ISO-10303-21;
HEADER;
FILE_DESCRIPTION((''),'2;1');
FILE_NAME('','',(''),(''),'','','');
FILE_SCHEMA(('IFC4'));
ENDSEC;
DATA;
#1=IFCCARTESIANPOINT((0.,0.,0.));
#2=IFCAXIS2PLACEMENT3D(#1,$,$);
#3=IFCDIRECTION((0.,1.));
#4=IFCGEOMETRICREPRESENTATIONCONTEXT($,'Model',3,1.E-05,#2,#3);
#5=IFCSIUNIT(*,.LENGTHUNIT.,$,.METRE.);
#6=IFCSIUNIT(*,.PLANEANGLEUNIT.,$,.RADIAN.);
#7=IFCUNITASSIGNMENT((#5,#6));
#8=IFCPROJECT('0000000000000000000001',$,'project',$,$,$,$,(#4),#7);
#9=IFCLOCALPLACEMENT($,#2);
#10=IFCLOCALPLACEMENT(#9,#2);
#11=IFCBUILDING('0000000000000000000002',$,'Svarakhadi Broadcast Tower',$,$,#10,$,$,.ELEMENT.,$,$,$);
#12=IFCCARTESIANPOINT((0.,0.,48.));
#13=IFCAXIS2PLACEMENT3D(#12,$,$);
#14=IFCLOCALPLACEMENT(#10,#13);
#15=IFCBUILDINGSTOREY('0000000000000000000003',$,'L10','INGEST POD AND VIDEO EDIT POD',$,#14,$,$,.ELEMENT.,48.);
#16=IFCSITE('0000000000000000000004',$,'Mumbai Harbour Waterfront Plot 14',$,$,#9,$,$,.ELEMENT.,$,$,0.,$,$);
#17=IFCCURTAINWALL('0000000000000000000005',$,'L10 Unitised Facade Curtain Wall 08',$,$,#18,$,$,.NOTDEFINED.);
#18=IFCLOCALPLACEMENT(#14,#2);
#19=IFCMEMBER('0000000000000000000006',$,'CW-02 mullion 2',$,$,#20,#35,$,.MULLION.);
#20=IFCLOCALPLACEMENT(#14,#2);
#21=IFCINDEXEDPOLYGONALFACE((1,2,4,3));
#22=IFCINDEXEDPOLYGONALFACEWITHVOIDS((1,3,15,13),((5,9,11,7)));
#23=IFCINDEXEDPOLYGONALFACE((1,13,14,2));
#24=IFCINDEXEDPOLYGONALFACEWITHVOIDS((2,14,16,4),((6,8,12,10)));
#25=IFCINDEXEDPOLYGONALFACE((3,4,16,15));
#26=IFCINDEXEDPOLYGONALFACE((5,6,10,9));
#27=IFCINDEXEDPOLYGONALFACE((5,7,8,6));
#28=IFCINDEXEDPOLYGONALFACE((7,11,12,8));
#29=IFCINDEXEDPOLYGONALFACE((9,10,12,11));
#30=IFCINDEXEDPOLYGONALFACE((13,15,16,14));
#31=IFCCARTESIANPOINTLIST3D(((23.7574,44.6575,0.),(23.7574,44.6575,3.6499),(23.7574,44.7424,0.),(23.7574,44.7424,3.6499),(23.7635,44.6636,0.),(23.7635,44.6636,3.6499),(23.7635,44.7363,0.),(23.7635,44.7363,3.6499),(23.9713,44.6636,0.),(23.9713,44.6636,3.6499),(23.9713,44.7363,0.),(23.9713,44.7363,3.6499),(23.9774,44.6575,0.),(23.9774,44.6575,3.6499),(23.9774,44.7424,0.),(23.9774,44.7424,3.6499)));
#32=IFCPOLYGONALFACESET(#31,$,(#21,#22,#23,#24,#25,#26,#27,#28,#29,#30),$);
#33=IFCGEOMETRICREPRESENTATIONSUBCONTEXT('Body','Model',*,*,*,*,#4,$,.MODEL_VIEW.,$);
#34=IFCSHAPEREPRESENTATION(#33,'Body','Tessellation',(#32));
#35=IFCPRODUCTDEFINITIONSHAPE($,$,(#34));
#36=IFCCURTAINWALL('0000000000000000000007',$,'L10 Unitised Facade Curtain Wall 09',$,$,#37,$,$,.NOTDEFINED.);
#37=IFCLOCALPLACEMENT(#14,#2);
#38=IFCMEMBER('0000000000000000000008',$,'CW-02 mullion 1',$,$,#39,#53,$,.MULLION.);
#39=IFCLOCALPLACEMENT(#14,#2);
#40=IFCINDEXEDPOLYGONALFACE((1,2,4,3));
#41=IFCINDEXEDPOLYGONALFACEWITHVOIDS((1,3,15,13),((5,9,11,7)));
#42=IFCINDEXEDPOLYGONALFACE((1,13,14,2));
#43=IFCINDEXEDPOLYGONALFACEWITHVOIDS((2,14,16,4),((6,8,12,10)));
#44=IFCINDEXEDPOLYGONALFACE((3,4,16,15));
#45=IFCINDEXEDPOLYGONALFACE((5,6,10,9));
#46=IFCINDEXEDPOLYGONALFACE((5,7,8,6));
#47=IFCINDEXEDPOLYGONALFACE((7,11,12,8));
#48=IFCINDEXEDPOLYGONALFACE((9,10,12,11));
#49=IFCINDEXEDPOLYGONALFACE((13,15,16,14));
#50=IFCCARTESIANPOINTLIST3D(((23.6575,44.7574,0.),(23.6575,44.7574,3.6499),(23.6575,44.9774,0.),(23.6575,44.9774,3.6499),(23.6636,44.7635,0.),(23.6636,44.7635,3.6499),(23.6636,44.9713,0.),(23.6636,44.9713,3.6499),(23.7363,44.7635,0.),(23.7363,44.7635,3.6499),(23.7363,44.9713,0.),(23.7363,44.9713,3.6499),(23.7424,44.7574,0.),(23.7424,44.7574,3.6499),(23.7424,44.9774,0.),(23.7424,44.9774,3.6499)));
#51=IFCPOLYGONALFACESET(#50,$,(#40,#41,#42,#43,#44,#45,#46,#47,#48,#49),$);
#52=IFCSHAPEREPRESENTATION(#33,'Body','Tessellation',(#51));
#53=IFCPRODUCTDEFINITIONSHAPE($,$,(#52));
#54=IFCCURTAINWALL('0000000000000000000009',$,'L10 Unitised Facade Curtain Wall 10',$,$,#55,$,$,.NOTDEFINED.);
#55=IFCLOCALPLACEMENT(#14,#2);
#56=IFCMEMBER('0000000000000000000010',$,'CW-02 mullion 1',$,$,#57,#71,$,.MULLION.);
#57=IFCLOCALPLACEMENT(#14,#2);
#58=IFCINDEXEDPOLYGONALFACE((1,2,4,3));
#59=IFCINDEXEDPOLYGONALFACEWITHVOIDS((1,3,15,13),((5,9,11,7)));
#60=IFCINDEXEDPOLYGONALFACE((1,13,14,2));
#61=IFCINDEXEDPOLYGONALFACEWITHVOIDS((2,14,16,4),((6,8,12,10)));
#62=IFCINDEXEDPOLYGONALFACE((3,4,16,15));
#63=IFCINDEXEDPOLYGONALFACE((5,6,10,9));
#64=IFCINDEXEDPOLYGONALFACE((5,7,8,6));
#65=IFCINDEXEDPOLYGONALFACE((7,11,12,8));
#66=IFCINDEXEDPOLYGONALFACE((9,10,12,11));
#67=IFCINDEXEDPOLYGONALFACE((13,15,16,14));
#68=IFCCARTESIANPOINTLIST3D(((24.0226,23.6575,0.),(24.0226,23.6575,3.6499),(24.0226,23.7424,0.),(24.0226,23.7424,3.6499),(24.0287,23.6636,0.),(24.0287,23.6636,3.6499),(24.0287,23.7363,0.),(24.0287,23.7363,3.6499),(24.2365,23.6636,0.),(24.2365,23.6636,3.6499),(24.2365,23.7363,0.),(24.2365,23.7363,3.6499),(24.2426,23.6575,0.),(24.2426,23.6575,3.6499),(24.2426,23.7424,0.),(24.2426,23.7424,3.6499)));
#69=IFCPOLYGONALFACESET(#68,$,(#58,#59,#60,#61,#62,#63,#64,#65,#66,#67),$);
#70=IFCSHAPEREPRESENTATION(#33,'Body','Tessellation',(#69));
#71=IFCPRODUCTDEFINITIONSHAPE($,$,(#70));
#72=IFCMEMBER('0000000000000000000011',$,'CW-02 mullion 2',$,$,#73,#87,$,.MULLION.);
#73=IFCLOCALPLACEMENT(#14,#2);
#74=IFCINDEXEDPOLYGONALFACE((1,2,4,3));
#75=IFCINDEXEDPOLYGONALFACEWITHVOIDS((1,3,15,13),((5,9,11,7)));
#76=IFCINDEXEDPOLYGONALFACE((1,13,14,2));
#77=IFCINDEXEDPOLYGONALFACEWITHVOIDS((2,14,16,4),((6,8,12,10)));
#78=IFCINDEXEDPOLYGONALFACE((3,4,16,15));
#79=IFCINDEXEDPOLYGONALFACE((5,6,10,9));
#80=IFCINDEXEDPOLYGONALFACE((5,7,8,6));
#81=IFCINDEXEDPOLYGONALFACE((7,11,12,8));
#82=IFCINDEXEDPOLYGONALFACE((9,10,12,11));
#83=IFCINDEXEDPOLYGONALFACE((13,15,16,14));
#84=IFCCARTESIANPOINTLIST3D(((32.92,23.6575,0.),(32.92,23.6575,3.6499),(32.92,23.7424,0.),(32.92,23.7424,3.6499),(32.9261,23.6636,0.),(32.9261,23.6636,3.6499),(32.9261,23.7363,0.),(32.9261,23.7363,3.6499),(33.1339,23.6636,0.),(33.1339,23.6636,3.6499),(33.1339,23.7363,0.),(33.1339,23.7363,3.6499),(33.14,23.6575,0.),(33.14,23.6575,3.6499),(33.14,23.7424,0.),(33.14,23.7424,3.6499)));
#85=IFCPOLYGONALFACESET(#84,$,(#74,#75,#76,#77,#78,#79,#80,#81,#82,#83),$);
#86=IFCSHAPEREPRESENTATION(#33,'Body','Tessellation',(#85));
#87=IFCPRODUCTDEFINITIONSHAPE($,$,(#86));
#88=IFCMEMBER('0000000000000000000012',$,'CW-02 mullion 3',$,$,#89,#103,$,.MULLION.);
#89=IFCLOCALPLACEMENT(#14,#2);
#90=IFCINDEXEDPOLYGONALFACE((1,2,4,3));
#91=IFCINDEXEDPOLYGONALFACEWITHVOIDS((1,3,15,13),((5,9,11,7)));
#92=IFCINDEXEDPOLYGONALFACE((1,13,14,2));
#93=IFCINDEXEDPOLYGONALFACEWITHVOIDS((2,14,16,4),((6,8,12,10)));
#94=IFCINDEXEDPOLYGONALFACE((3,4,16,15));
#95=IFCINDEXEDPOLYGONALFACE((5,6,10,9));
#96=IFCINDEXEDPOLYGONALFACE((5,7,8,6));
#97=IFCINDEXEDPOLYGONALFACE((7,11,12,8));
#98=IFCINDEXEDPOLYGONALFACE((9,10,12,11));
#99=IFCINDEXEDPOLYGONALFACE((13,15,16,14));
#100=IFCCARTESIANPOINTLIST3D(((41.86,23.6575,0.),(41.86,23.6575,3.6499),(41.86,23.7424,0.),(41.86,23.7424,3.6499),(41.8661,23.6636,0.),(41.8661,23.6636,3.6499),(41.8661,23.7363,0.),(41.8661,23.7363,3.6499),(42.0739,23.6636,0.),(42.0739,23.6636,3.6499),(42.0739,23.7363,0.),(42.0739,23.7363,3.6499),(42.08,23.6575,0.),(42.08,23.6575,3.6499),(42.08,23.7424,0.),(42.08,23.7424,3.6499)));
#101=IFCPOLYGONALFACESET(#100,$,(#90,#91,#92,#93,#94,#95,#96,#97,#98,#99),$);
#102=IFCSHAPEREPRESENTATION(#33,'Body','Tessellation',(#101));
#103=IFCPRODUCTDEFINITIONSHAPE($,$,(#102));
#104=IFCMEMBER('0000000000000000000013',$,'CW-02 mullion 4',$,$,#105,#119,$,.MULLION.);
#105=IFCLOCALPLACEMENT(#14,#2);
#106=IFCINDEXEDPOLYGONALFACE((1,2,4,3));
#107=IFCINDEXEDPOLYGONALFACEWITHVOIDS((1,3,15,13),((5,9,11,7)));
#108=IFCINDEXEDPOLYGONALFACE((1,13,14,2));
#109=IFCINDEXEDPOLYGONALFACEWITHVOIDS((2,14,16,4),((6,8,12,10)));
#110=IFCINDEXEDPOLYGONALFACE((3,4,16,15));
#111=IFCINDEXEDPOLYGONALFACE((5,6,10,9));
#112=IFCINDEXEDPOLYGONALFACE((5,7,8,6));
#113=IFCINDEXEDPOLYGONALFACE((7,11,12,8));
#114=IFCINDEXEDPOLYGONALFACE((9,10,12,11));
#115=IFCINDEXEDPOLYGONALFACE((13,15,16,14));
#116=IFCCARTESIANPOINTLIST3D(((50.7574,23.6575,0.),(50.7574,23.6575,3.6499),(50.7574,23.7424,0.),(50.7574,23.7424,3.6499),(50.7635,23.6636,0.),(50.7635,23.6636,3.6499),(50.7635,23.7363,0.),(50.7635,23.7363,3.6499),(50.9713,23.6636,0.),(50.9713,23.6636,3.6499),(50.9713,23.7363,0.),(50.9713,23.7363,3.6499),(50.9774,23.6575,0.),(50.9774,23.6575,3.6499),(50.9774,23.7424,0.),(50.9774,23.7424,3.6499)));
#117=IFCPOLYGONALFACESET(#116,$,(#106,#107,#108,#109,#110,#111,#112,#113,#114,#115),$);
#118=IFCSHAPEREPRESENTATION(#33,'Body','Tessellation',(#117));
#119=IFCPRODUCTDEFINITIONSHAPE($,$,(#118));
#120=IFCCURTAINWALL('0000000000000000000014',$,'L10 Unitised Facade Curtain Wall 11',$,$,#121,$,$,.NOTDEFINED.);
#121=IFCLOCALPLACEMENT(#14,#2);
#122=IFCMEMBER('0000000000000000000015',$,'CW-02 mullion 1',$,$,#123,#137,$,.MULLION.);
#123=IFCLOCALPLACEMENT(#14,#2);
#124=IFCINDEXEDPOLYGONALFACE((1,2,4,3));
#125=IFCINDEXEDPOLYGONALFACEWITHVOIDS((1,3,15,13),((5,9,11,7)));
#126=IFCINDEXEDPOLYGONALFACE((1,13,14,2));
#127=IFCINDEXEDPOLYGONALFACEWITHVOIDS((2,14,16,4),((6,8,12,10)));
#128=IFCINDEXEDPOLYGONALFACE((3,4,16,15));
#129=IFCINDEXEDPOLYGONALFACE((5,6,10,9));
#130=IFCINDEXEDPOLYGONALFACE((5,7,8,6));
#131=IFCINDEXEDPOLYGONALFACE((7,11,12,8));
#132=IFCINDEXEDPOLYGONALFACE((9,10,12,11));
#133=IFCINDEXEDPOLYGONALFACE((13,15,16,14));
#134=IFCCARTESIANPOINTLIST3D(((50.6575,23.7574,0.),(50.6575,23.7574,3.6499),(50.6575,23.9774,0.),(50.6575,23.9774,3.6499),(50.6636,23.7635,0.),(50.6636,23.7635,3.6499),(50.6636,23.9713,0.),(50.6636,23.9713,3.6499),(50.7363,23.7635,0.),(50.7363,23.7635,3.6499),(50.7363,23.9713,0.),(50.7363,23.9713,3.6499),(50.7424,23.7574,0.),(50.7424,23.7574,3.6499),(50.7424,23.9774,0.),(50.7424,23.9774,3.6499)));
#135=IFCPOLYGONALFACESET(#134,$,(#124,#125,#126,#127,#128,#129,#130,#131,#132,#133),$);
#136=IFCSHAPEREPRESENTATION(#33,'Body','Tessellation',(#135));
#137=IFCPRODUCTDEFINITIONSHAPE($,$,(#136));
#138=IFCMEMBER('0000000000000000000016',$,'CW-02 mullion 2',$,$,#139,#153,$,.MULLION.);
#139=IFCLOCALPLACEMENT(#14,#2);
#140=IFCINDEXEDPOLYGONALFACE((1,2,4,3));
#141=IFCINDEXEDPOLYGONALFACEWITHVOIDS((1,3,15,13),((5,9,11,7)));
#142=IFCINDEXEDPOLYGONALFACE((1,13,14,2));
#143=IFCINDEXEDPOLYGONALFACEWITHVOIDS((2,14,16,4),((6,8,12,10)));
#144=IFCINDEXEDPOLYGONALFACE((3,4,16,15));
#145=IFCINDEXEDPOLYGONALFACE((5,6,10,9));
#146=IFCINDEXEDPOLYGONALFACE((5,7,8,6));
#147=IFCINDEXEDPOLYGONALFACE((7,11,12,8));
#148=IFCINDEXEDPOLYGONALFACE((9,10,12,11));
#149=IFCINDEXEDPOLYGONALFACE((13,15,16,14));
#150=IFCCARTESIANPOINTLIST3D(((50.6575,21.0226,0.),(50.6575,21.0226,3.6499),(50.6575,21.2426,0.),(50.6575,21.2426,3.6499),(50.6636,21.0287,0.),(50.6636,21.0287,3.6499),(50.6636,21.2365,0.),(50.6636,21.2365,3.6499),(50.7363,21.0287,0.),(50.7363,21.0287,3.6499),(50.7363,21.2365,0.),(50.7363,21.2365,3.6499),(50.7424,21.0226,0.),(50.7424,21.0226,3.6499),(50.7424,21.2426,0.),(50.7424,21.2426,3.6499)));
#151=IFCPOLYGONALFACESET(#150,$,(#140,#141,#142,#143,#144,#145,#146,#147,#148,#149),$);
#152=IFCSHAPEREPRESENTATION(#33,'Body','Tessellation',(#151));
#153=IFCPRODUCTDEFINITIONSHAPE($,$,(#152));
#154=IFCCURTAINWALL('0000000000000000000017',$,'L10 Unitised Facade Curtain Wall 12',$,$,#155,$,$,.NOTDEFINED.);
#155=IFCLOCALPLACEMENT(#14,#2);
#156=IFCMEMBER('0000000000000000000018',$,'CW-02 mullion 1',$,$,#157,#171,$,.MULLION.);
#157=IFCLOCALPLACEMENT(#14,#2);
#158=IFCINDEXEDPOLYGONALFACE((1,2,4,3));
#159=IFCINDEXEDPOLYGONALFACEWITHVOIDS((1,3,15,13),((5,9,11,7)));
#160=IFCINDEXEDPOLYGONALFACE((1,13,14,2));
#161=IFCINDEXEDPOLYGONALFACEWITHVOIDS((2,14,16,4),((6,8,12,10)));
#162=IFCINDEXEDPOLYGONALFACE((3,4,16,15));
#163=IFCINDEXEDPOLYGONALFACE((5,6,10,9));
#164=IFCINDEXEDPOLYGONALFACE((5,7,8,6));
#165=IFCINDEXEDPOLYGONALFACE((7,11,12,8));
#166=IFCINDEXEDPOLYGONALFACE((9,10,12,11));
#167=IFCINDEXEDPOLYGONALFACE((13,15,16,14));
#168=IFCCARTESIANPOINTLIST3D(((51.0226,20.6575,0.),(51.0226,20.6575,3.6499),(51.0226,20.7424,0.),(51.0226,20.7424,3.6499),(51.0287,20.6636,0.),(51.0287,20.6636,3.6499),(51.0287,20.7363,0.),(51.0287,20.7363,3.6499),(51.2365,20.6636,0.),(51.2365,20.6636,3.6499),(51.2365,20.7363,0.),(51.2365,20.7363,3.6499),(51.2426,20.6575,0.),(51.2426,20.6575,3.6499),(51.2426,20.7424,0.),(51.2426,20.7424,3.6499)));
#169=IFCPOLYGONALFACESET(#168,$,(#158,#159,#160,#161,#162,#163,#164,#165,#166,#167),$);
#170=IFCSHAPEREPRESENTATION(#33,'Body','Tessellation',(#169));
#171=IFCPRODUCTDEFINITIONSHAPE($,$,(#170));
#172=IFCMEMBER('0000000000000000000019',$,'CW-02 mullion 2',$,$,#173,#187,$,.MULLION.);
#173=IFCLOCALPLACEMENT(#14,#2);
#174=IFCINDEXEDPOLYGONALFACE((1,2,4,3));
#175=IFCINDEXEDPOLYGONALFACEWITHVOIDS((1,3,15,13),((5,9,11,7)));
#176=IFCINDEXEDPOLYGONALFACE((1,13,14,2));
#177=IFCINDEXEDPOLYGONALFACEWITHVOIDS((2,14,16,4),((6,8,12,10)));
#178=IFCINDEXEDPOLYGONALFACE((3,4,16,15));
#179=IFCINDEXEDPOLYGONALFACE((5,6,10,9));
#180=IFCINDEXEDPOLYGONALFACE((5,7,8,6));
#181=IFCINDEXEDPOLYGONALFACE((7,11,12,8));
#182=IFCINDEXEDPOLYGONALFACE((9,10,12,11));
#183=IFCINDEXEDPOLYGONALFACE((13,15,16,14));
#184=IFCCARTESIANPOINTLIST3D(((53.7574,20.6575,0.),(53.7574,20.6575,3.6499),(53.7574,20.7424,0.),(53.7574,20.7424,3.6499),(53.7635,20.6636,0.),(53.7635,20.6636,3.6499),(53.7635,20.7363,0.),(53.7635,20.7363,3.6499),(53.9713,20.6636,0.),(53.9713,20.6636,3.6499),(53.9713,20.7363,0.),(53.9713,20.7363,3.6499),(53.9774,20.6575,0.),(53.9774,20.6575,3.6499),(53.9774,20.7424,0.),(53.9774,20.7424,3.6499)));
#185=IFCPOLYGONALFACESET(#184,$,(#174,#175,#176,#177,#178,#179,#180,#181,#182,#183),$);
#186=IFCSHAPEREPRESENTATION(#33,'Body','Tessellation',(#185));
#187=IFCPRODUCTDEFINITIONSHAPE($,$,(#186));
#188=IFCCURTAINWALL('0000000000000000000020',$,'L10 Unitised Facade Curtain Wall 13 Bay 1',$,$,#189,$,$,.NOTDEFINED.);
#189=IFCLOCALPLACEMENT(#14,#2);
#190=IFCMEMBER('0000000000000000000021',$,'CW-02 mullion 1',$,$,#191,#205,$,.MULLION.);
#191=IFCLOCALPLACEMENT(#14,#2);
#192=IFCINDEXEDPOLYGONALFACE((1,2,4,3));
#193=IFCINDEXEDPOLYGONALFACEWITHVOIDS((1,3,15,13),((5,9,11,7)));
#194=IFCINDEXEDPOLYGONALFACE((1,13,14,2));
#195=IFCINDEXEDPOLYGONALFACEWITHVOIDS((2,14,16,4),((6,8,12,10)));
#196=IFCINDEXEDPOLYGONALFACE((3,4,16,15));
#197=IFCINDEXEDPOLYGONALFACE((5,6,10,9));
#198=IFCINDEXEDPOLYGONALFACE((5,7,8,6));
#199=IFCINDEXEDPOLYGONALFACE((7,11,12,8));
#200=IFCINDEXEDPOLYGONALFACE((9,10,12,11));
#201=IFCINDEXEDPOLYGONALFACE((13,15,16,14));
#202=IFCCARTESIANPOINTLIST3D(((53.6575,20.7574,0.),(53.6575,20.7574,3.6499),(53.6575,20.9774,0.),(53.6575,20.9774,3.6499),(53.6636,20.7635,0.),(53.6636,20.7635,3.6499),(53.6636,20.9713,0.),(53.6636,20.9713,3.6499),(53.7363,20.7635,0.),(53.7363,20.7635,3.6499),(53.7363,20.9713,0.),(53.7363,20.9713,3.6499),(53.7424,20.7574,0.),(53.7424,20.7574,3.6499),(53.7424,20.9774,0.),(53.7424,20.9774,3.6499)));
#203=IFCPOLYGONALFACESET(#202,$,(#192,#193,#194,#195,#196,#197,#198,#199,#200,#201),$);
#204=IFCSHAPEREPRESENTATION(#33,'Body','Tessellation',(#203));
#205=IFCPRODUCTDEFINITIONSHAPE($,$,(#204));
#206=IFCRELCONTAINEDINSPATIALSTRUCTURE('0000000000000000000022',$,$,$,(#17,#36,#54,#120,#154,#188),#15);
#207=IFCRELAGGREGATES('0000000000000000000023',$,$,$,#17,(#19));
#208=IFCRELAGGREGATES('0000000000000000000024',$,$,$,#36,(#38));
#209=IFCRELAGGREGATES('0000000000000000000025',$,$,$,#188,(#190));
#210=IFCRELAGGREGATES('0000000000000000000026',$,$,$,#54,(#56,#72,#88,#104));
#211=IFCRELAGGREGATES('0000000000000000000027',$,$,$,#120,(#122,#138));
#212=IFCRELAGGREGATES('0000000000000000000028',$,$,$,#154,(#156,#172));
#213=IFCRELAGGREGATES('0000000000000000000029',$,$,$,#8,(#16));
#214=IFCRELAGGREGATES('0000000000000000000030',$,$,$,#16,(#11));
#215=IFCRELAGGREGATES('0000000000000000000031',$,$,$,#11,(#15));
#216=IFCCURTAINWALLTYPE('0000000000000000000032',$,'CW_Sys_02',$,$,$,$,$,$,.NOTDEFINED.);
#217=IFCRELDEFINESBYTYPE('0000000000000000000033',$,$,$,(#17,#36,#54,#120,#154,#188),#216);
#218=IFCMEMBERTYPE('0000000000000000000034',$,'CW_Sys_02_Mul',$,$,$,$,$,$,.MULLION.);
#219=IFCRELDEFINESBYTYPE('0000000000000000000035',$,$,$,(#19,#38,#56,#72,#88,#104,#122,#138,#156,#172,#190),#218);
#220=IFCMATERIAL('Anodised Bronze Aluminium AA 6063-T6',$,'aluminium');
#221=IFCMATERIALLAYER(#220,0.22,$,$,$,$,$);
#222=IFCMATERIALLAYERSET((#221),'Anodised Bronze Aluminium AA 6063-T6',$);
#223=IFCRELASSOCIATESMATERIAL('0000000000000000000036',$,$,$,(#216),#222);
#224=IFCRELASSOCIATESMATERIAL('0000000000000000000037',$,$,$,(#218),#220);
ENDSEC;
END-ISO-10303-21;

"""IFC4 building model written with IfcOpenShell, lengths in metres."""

from ifc_helpers import new_model, si_unit, direction, frame, origin, origin_2d, place, context, subcontext, project, spatial, hollow_rectangle, extrude, material, layer, layer_set, material_profile, profile_set, type_object, element, aggregate, save


model = new_model("IFC4")

# Units and contexts
model_context = context("Model", 3, precision=1e-05, world=origin(), true_north=direction((0.0, 1.0)))
body_context = subcontext(model_context, "Body", "Model", "MODEL_VIEW")
ifc_project = project(units=[si_unit("LENGTHUNIT", "METRE"), si_unit("PLANEANGLEUNIT", "RADIAN")], contexts=[model_context])

# Site, building, storey
site_placement = place(None, origin())
site = spatial("IfcSite", under=ifc_project, at=site_placement, Name="Mumbai Harbour Waterfront Plot 14", CompositionType="ELEMENT", RefElevation=0.0)
building_placement = place(site_placement, origin())
building = spatial("IfcBuilding", under=site, at=building_placement, Name="Svarakhadi Broadcast Tower", CompositionType="ELEMENT")
storey_placement = place(building_placement, frame((0.0, 0.0, 48.0)))
storey = spatial("IfcBuildingStorey", under=building, at=storey_placement, Name="L10", Description="INGEST POD AND VIDEO EDIT POD", CompositionType="ELEMENT", Elevation=48.0)

# Curtain walls, members
ifc_material_1 = material(Name="Anodised Bronze Aluminium AA 6063-T6", Category="aluminium")
ifc_layer_1 = layer(ifc_material_1, 0.22)
ifc_layer_set_1 = layer_set([ifc_layer_1], Name="Anodised Bronze Aluminium AA 6063-T6")
curtain_wall_type = type_object("IfcCurtainWallType", Name="CW_Sys_02", PredefinedType="NOTDEFINED", material=ifc_layer_set_1)
curtain_wall_1_placement = place(storey_placement, origin())
curtain_wall_1 = element("IfcCurtainWall", 1, at=curtain_wall_1_placement, inside=storey, type_object=curtain_wall_type, Name="L10 Unitised Facade Curtain Wall 08", PredefinedType="NOTDEFINED")
ifc_material_profile_1 = material_profile(ifc_material_1, hollow_rectangle(XDim=0.085, YDim=0.22, WallThickness=0.0061, at=origin_2d()), Name="ALU MULLION 220x85x6")
ifc_profile_set_1 = profile_set([ifc_material_profile_1], Name="Anodised Bronze Aluminium AA 6063-T6")
member_type_1 = type_object("IfcMemberType", Name="CW_Sys_02_Mul", PredefinedType="MULLION", material=ifc_profile_set_1)
member_1_placement = place(storey_placement, frame((23.8674, 44.7, 0.0), z_axis=(0.0, 0.0, 1.0), x_axis=(0.0, 1.0, 0.0)))
member_1 = element("IfcMember", 2, at=member_1_placement, type_object=member_type_1, Name="CW-02 mullion 2", PredefinedType="MULLION", context=body_context, shape_type="SweptSolid", body=[
    extrude(hollow_rectangle(XDim=0.085, YDim=0.22, WallThickness=0.0061, at=origin_2d()), origin(), (0.0, 0.0, 1.0), 3.6499),
])
aggregate(curtain_wall_1, [member_1])
curtain_wall_2_placement = place(storey_placement, origin())
curtain_wall_2 = element("IfcCurtainWall", 3, at=curtain_wall_2_placement, inside=storey, type_object=curtain_wall_type, Name="L10 Unitised Facade Curtain Wall 09", PredefinedType="NOTDEFINED")
member_2_placement = place(storey_placement, frame((23.7, 44.8674, 0.0), z_axis=(0.0, 0.0, 1.0), x_axis=(1.0, 0.0, 0.0)))
member_2 = element("IfcMember", 4, at=member_2_placement, type_object=member_type_1, Name="CW-02 mullion 1", PredefinedType="MULLION", context=body_context, shape_type="SweptSolid", body=[
    extrude(hollow_rectangle(XDim=0.085, YDim=0.22, WallThickness=0.0061, at=origin_2d()), origin(), (0.0, 0.0, 1.0), 3.6499),
])

# Curtain walls, members
curtain_wall_3_placement = place(storey_placement, origin())
curtain_wall_3 = element("IfcCurtainWall", 5, at=curtain_wall_3_placement, inside=storey, type_object=curtain_wall_type, Name="L10 Unitised Facade Curtain Wall 10", PredefinedType="NOTDEFINED")
member_3_placement = place(storey_placement, frame((24.1326, 23.7, 0.0), z_axis=(0.0, 0.0, 1.0), x_axis=(0.0, 1.0, 0.0)))
member_3 = element("IfcMember", 6, at=member_3_placement, type_object=member_type_1, Name="CW-02 mullion 1", PredefinedType="MULLION", context=body_context, shape_type="SweptSolid", body=[
    extrude(hollow_rectangle(XDim=0.085, YDim=0.22, WallThickness=0.0061, at=origin_2d()), origin(), (0.0, 0.0, 1.0), 3.6499),
])
member_4_placement = place(storey_placement, frame((33.03, 23.7, 0.0), z_axis=(0.0, 0.0, 1.0), x_axis=(0.0, 1.0, 0.0)))
member_4 = element("IfcMember", 7, at=member_4_placement, type_object=member_type_1, Name="CW-02 mullion 2", PredefinedType="MULLION", context=body_context, shape_type="SweptSolid", body=[
    extrude(hollow_rectangle(XDim=0.085, YDim=0.22, WallThickness=0.0061, at=origin_2d()), origin(), (0.0, 0.0, 1.0), 3.6499),
])
member_5_placement = place(storey_placement, frame((41.97, 23.7, 0.0), z_axis=(0.0, 0.0, 1.0), x_axis=(0.0, 1.0, 0.0)))
member_5 = element("IfcMember", 8, at=member_5_placement, type_object=member_type_1, Name="CW-02 mullion 3", PredefinedType="MULLION", context=body_context, shape_type="SweptSolid", body=[
    extrude(hollow_rectangle(XDim=0.085, YDim=0.22, WallThickness=0.0061, at=origin_2d()), origin(), (0.0, 0.0, 1.0), 3.6499),
])
member_6_placement = place(storey_placement, frame((50.8674, 23.7, 0.0), z_axis=(0.0, 0.0, 1.0), x_axis=(0.0, 1.0, 0.0)))
member_6 = element("IfcMember", 9, at=member_6_placement, type_object=member_type_1, Name="CW-02 mullion 4", PredefinedType="MULLION", context=body_context, shape_type="SweptSolid", body=[
    extrude(hollow_rectangle(XDim=0.085, YDim=0.22, WallThickness=0.0061, at=origin_2d()), origin(), (0.0, 0.0, 1.0), 3.6499),
])
curtain_wall_4_placement = place(storey_placement, origin())
curtain_wall_4 = element("IfcCurtainWall", 10, at=curtain_wall_4_placement, inside=storey, type_object=curtain_wall_type, Name="L10 Unitised Facade Curtain Wall 11", PredefinedType="NOTDEFINED")
member_7_placement = place(storey_placement, frame((50.7, 23.8674, 0.0), z_axis=(0.0, 0.0, 1.0), x_axis=(1.0, 0.0, 0.0)))
member_7 = element("IfcMember", 11, at=member_7_placement, type_object=member_type_1, Name="CW-02 mullion 1", PredefinedType="MULLION", context=body_context, shape_type="SweptSolid", body=[
    extrude(hollow_rectangle(XDim=0.085, YDim=0.22, WallThickness=0.0061, at=origin_2d()), origin(), (0.0, 0.0, 1.0), 3.6499),
])
member_8_placement = place(storey_placement, frame((50.7, 21.1326, 0.0), z_axis=(0.0, 0.0, 1.0), x_axis=(1.0, 0.0, 0.0)))
member_8 = element("IfcMember", 12, at=member_8_placement, type_object=member_type_1, Name="CW-02 mullion 2", PredefinedType="MULLION", context=body_context, shape_type="SweptSolid", body=[
    extrude(hollow_rectangle(XDim=0.085, YDim=0.22, WallThickness=0.0061, at=origin_2d()), origin(), (0.0, 0.0, 1.0), 3.6499),
])
curtain_wall_5_placement = place(storey_placement, origin())
curtain_wall_5 = element("IfcCurtainWall", 13, at=curtain_wall_5_placement, inside=storey, type_object=curtain_wall_type, Name="L10 Unitised Facade Curtain Wall 12", PredefinedType="NOTDEFINED")
member_9_placement = place(storey_placement, frame((51.1326, 20.7, 0.0), z_axis=(0.0, 0.0, 1.0), x_axis=(0.0, 1.0, 0.0)))
member_9 = element("IfcMember", 14, at=member_9_placement, type_object=member_type_1, Name="CW-02 mullion 1", PredefinedType="MULLION", context=body_context, shape_type="SweptSolid", body=[
    extrude(hollow_rectangle(XDim=0.085, YDim=0.22, WallThickness=0.0061, at=origin_2d()), origin(), (0.0, 0.0, 1.0), 3.6499),
])
member_10_placement = place(storey_placement, frame((53.8674, 20.7, 0.0), z_axis=(0.0, 0.0, 1.0), x_axis=(0.0, 1.0, 0.0)))
member_10 = element("IfcMember", 15, at=member_10_placement, type_object=member_type_1, Name="CW-02 mullion 2", PredefinedType="MULLION", context=body_context, shape_type="SweptSolid", body=[
    extrude(hollow_rectangle(XDim=0.085, YDim=0.22, WallThickness=0.0061, at=origin_2d()), origin(), (0.0, 0.0, 1.0), 3.6499),
])

# Curtain wall, member
curtain_wall_6_placement = place(storey_placement, origin())
curtain_wall_6 = element("IfcCurtainWall", 16, at=curtain_wall_6_placement, inside=storey, type_object=curtain_wall_type, Name="L10 Unitised Facade Curtain Wall 13 Bay 1", PredefinedType="NOTDEFINED")
member_11_placement = place(storey_placement, frame((53.7, 20.8674, 0.0), z_axis=(0.0, 0.0, 1.0), x_axis=(1.0, 0.0, 0.0)))
member_11 = element("IfcMember", 17, at=member_11_placement, type_object=member_type_1, Name="CW-02 mullion 1", PredefinedType="MULLION", context=body_context, shape_type="SweptSolid", body=[
    extrude(hollow_rectangle(XDim=0.085, YDim=0.22, WallThickness=0.0061, at=origin_2d()), origin(), (0.0, 0.0, 1.0), 3.6499),
])

aggregate(curtain_wall_2, [member_2])
aggregate(curtain_wall_6, [member_11])

aggregate(curtain_wall_3, [member_3, member_4, member_5, member_6])
aggregate(curtain_wall_4, [member_7, member_8])
aggregate(curtain_wall_5, [member_9, member_10])

save(model, "model.ifc")
